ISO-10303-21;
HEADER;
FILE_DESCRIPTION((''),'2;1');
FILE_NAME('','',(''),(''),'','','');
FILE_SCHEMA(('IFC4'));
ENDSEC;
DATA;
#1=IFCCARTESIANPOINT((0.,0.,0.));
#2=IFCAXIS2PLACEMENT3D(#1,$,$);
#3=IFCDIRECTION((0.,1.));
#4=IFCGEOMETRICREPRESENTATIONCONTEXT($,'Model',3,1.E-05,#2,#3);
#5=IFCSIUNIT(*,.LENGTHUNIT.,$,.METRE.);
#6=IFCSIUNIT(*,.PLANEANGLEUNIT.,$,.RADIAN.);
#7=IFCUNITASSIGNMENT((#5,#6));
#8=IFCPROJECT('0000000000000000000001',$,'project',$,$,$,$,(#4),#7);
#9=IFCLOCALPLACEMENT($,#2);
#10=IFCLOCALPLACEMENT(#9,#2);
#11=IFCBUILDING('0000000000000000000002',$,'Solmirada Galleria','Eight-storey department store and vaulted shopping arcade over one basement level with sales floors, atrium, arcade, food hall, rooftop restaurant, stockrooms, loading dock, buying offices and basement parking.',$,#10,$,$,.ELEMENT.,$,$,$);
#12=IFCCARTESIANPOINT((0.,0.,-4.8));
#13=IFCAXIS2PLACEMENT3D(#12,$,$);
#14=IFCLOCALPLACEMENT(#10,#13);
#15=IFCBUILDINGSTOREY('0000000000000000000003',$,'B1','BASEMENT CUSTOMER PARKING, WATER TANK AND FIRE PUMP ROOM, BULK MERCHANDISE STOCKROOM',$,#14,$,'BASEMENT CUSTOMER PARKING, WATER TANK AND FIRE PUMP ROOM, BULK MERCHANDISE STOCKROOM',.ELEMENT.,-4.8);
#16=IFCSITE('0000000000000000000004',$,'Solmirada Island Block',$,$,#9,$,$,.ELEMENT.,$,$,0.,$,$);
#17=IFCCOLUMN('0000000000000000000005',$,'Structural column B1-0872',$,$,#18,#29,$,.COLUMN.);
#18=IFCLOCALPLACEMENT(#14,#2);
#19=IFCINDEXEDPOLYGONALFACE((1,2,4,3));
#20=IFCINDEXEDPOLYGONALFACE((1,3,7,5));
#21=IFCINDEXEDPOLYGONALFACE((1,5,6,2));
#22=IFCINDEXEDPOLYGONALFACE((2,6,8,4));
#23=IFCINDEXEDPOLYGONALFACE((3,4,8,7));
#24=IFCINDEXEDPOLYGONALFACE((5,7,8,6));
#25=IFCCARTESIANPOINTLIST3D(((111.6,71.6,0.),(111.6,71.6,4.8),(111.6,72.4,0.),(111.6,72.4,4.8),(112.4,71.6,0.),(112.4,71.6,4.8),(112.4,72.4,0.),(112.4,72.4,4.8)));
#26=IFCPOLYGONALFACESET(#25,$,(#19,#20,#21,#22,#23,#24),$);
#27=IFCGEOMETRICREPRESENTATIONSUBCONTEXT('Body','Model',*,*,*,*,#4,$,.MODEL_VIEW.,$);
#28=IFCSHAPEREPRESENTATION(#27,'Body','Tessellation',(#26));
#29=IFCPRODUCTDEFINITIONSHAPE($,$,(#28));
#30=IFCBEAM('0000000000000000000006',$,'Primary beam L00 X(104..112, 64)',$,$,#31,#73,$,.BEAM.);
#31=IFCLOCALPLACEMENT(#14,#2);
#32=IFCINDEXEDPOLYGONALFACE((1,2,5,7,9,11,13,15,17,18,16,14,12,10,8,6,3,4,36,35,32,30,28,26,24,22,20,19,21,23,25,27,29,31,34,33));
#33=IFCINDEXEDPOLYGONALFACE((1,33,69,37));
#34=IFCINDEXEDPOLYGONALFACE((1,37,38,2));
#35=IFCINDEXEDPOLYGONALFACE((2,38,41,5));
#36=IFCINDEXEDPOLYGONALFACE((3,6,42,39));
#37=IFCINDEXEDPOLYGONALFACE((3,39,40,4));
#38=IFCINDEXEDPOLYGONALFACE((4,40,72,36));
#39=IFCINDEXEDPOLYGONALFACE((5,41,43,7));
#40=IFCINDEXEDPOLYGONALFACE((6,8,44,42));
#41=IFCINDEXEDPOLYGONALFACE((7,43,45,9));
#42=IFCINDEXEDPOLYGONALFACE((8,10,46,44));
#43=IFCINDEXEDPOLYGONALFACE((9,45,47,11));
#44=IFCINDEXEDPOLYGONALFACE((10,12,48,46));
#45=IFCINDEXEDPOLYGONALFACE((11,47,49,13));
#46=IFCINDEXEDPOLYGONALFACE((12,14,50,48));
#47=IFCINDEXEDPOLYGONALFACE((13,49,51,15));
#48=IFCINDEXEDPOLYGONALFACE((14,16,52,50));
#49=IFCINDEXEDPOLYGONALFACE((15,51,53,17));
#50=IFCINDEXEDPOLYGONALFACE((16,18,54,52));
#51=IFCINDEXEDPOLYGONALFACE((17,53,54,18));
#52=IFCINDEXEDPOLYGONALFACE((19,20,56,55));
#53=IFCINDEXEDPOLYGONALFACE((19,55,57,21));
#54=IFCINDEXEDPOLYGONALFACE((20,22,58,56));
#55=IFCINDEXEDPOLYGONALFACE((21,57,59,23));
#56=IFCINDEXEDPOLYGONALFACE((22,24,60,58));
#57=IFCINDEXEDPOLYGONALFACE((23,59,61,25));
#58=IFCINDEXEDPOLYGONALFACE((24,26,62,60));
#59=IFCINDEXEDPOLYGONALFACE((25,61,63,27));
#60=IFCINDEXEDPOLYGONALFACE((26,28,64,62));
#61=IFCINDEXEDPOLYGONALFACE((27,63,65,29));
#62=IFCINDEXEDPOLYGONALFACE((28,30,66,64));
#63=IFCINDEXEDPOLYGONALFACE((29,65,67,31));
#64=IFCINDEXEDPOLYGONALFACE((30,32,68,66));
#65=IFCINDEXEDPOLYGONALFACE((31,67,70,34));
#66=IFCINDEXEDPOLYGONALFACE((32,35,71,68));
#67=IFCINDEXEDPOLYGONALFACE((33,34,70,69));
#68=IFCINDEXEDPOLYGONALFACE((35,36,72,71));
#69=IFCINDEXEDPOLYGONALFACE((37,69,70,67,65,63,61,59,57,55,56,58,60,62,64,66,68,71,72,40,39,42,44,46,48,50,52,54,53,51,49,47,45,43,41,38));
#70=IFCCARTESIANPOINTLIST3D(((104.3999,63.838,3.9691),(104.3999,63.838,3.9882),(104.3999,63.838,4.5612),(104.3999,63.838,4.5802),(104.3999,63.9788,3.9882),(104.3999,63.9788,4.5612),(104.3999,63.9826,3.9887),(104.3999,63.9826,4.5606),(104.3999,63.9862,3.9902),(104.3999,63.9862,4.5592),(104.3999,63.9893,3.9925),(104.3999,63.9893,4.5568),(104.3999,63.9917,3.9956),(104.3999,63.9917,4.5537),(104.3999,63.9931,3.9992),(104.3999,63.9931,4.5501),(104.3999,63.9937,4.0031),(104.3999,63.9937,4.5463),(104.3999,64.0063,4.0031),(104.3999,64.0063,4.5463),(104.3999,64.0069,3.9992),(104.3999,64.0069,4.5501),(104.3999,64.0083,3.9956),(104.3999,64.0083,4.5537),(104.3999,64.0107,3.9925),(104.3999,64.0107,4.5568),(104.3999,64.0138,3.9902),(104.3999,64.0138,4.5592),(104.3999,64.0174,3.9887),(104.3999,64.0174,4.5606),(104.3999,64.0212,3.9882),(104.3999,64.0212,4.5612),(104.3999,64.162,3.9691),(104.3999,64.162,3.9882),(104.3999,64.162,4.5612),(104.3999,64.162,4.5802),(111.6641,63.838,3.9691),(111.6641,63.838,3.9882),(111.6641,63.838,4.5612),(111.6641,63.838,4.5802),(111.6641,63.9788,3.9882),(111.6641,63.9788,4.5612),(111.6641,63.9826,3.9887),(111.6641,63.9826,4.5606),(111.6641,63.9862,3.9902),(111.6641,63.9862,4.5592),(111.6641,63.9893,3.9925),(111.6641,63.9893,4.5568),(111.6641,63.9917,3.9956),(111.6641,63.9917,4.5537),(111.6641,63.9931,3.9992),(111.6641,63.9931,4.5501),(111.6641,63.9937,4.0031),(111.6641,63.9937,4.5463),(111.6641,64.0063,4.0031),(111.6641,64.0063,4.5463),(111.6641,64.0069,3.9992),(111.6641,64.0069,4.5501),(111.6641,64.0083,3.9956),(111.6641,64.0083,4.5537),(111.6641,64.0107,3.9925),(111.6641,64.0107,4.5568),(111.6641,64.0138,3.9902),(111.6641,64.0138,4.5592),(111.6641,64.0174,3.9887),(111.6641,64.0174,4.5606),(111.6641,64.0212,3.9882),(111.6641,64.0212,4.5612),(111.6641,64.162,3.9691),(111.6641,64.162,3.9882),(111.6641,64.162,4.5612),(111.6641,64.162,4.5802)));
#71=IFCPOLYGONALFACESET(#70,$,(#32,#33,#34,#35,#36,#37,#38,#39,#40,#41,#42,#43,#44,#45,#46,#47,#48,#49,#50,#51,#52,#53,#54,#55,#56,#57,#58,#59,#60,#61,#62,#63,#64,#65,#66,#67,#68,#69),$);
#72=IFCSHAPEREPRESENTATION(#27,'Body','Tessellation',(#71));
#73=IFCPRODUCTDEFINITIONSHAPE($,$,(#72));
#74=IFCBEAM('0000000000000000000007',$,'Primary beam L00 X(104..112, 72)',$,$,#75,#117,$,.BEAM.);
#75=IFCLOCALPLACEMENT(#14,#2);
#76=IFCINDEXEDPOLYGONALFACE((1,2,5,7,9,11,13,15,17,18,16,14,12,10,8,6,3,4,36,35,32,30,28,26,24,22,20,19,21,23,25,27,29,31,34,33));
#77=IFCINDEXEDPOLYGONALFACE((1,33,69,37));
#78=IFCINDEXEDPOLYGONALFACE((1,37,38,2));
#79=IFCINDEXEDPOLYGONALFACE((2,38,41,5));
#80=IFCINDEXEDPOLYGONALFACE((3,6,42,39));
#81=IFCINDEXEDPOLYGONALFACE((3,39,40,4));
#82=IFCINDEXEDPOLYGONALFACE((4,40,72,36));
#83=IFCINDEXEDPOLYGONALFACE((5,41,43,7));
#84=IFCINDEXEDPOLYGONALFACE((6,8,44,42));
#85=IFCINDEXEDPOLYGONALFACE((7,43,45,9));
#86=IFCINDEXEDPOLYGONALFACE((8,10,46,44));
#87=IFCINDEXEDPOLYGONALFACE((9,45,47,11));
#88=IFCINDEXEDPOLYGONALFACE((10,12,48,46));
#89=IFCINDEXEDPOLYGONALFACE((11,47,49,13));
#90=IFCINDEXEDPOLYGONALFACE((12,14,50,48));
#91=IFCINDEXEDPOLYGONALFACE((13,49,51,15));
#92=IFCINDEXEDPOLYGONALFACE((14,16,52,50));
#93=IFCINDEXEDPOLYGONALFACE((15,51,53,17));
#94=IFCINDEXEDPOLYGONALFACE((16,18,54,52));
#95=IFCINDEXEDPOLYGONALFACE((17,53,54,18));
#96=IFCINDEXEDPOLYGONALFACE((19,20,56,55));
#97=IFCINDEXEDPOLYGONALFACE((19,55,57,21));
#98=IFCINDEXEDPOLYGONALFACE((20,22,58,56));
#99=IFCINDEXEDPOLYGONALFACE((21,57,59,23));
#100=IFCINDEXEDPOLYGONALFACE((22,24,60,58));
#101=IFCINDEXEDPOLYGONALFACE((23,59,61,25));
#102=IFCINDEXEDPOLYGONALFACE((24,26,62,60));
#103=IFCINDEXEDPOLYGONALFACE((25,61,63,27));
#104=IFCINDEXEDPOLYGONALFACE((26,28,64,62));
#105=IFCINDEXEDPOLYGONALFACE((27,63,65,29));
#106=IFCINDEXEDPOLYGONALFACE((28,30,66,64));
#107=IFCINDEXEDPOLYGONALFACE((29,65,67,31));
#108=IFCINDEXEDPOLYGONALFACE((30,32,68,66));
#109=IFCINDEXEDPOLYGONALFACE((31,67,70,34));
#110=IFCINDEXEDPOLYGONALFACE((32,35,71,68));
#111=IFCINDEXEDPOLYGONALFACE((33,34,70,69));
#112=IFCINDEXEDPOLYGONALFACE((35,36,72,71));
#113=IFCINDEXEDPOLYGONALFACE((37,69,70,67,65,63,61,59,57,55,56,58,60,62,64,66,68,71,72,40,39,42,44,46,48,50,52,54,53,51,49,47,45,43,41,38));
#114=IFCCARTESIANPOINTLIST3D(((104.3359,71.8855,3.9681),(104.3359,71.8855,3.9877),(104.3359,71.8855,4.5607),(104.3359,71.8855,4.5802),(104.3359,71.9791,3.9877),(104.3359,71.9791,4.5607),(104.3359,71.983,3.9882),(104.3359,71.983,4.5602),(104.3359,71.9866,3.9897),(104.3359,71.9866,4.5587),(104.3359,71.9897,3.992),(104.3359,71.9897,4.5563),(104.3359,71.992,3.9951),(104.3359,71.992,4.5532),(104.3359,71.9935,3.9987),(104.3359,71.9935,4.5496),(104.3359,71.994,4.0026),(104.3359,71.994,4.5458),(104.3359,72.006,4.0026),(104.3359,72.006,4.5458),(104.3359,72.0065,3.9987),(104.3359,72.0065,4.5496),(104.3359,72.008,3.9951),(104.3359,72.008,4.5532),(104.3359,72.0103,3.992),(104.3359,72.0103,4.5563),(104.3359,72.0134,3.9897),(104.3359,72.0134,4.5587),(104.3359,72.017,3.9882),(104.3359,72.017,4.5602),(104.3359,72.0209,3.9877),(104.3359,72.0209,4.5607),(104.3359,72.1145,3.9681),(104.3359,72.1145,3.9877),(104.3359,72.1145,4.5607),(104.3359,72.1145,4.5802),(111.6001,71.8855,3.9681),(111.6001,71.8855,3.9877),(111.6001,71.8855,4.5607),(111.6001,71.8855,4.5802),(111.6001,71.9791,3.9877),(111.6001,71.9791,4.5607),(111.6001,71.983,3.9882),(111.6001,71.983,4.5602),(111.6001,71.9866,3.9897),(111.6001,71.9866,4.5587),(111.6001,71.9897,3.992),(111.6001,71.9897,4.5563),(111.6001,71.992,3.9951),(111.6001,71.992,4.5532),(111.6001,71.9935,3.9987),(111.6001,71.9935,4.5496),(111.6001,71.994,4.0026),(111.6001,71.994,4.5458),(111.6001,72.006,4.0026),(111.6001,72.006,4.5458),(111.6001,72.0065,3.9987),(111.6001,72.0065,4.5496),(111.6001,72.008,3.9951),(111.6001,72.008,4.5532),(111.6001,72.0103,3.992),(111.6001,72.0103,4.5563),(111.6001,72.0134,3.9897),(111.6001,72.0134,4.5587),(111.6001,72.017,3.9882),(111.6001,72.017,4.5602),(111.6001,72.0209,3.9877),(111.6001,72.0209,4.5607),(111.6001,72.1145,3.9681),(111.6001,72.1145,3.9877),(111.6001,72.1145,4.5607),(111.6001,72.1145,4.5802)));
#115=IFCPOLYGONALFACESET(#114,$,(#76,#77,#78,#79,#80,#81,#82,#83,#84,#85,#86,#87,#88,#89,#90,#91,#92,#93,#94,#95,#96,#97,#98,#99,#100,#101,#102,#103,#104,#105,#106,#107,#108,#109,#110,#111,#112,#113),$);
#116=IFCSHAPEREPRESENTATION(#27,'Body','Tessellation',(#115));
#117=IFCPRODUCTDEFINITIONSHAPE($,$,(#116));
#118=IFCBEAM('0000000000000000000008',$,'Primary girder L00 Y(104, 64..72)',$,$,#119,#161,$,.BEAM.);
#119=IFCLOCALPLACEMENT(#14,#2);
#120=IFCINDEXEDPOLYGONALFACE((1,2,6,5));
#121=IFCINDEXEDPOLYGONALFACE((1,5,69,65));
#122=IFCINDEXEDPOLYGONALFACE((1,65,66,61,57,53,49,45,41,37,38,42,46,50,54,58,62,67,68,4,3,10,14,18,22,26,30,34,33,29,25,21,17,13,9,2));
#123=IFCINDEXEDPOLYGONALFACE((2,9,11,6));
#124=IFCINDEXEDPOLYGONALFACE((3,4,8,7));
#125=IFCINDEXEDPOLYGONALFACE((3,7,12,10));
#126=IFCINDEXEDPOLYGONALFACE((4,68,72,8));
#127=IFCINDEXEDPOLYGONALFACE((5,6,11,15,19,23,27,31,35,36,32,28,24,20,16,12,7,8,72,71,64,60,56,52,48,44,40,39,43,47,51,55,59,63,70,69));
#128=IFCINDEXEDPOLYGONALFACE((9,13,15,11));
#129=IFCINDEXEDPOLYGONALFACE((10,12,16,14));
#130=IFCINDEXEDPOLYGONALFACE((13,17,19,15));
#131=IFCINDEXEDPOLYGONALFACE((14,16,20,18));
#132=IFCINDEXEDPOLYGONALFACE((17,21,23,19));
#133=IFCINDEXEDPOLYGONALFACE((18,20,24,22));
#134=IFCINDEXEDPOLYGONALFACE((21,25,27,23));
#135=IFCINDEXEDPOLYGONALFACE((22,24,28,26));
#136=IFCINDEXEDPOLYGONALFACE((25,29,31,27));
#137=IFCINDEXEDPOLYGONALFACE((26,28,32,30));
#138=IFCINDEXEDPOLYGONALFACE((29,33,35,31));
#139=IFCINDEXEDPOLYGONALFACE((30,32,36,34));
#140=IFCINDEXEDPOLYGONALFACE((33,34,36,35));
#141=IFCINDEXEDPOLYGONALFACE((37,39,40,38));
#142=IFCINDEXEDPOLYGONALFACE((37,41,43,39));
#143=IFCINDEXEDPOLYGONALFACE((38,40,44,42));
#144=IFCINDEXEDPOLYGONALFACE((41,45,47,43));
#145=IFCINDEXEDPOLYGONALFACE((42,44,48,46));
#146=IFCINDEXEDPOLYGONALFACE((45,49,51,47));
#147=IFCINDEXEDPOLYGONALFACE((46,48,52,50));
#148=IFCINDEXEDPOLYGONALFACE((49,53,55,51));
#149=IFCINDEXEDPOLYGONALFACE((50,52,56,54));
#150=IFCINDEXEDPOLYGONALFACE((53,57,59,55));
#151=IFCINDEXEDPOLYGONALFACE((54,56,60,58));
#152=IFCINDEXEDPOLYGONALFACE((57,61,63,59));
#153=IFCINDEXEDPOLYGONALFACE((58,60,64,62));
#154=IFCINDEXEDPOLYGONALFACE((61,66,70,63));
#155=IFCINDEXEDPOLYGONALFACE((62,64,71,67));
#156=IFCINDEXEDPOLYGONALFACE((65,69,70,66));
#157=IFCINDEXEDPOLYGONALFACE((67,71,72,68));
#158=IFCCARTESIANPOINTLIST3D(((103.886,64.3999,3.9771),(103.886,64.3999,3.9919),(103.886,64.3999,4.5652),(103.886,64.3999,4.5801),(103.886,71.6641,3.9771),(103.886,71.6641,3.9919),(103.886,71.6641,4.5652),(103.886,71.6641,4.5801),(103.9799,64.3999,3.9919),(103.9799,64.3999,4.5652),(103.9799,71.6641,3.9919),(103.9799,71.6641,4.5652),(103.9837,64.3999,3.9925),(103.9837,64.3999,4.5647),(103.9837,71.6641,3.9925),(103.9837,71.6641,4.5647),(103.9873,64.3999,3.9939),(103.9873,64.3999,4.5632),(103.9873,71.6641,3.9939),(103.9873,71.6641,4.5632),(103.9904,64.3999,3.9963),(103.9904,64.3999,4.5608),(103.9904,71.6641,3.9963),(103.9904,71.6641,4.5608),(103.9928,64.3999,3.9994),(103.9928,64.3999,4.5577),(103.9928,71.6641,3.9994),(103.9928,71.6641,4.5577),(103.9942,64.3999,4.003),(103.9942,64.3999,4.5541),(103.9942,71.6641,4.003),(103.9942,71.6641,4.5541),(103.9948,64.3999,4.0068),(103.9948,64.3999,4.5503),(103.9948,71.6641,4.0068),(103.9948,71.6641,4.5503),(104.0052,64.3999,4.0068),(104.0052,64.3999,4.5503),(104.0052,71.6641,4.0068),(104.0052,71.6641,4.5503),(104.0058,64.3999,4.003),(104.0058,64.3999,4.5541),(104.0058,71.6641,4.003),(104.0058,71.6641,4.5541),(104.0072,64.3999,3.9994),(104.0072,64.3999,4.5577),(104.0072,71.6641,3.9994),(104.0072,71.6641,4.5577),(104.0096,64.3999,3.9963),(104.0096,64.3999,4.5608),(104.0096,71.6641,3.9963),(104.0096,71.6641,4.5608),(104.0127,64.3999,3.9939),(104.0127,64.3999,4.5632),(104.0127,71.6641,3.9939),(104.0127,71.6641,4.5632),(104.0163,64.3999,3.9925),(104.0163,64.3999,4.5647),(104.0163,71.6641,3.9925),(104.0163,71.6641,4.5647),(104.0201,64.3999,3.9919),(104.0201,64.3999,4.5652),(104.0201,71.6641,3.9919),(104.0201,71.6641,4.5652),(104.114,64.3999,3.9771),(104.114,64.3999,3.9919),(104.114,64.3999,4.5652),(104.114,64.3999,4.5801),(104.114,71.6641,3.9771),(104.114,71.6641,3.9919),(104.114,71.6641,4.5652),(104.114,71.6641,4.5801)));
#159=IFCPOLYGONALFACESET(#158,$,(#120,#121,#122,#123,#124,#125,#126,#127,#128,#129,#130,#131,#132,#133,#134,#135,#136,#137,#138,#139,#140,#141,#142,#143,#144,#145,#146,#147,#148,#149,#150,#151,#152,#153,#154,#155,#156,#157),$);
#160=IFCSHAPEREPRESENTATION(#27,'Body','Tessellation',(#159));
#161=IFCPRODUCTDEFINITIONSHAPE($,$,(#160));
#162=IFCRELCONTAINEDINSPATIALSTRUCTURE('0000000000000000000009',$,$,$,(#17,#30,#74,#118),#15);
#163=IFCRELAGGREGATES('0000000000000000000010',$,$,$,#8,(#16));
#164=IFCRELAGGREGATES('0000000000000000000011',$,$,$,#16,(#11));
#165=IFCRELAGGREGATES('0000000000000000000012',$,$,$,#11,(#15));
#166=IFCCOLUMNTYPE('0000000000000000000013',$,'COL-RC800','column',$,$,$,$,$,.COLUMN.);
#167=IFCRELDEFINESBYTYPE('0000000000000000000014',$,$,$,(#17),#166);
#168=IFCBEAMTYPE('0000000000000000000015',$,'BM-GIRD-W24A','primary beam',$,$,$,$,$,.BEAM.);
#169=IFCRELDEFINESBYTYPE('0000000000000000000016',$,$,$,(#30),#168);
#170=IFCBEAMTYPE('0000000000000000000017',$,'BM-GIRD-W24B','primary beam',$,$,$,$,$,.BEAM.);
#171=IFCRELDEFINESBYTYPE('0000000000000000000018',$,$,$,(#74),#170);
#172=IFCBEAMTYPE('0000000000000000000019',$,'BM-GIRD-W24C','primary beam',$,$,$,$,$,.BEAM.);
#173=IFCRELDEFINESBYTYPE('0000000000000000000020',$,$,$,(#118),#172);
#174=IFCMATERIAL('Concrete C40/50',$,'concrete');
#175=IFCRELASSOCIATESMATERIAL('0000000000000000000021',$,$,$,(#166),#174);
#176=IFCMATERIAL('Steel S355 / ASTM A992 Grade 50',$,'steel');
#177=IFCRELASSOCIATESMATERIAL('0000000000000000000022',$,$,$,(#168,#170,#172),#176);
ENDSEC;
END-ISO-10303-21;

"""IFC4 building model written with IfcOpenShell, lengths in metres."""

from ifc_helpers import new_model, si_unit, direction, frame, origin, origin_2d, place, context, subcontext, project, spatial, rectangle, i_section, extrude, material, material_profile, profile_set, type_object, element, save


model = new_model("IFC4")

# Units and contexts
model_context = context("Model", 3, precision=1e-05, world=origin(), true_north=direction((0.0, 1.0)))
body_context = subcontext(model_context, "Body", "Model", "MODEL_VIEW")
ifc_project = project(units=[si_unit("LENGTHUNIT", "METRE"), si_unit("PLANEANGLEUNIT", "RADIAN")], contexts=[model_context])

# Site, building, storey
site_placement = place(None, origin())
site = spatial("IfcSite", under=ifc_project, at=site_placement, Name="Solmirada Island Block", CompositionType="ELEMENT", RefElevation=0.0)
building_placement = place(site_placement, origin())
building = spatial("IfcBuilding", under=site, at=building_placement, Name="Solmirada Galleria", Description="Eight-storey department store and vaulted shopping arcade over one basement level with sales floors, atrium, arcade, food hall, rooftop restaurant, stockrooms, loading dock, buying offices and basement parking.", CompositionType="ELEMENT")
storey_placement = place(building_placement, frame((0.0, 0.0, -4.8)))
storey = spatial("IfcBuildingStorey", under=building, at=storey_placement, Name="B1", Description="BASEMENT CUSTOMER PARKING, WATER TANK AND FIRE PUMP ROOM, BULK MERCHANDISE STOCKROOM", LongName="BASEMENT CUSTOMER PARKING, WATER TANK AND FIRE PUMP ROOM, BULK MERCHANDISE STOCKROOM", CompositionType="ELEMENT", Elevation=-4.8)

# Shared definitions
ifc_material_1 = material(Name="Concrete C40/50", Category="concrete")

# Column
ifc_material_profile_1 = material_profile(ifc_material_1, rectangle(XDim=0.8, YDim=0.8, at=origin_2d()), Name="RC800X800")
ifc_profile_set_1 = profile_set([ifc_material_profile_1], Name="Concrete C40/50")
column_type_1 = type_object("IfcColumnType", Name="COL-RC800", Description="column", PredefinedType="COLUMN", material=ifc_profile_set_1)
for number, where, z_axis, x_axis, name in (
    (1, (112.0, 72.0, 0.0), (0.0, 0.0, 1.0), (1.0, 0.0, 0.0), "Structural column B1-0872"),
):
    element("IfcColumn", number, at=place(storey_placement, frame(where, z_axis=z_axis, x_axis=x_axis)), inside=storey, type_object=column_type_1, Name=name, PredefinedType="COLUMN", context=body_context, shape_type="SweptSolid", body=[
        extrude(rectangle(XDim=0.8, YDim=0.8, at=origin_2d()), origin(), (0.0, 0.0, 1.0), 4.8),
    ])

# Beams
ifc_material_2 = material(Name="Steel S355 / ASTM A992 Grade 50", Category="steel")
ifc_material_profile_2 = material_profile(ifc_material_2, i_section(OverallWidth=0.324, OverallDepth=0.6111, WebThickness=0.0127, FlangeThickness=0.019, FilletRadius=0.0149, at=origin_2d()), Name="W24X104")
ifc_profile_set_2 = profile_set([ifc_material_profile_2], Name="Steel S355 / ASTM A992 Grade 50")
beam_type_1 = type_object("IfcBeamType", Name="BM-GIRD-W24A", Description="primary beam", PredefinedType="BEAM", material=ifc_profile_set_2)
beam_1_placement = place(storey_placement, frame((104.3999, 64.0, 4.2747), z_axis=(1.0, 0.0, 0.0), x_axis=(0.0, 1.0, 0.0)))
element("IfcBeam", 2, at=beam_1_placement, inside=storey, type_object=beam_type_1, Name="Primary beam L00 X(104..112, 64)", PredefinedType="BEAM", context=body_context, shape_type="SweptSolid", body=[
    extrude(i_section(OverallWidth=0.324, OverallDepth=0.6111, WebThickness=0.0127, FlangeThickness=0.019, FilletRadius=0.0149, at=origin_2d()), origin(), (0.0, 0.0, 1.0), 7.2642),
])
ifc_material_profile_3 = material_profile(ifc_material_2, i_section(OverallWidth=0.229, OverallDepth=0.6121, WebThickness=0.012, FlangeThickness=0.0195, FilletRadius=0.0149, at=origin_2d()), Name="W24X84")
ifc_profile_set_3 = profile_set([ifc_material_profile_3], Name="Steel S355 / ASTM A992 Grade 50")
beam_type_2 = type_object("IfcBeamType", Name="BM-GIRD-W24B", Description="primary beam", PredefinedType="BEAM", material=ifc_profile_set_3)
beam_2_placement = place(storey_placement, frame((104.3359, 72.0, 4.2742), z_axis=(1.0, 0.0, 0.0), x_axis=(0.0, 1.0, 0.0)))
element("IfcBeam", 3, at=beam_2_placement, inside=storey, type_object=beam_type_2, Name="Primary beam L00 X(104..112, 72)", PredefinedType="BEAM", context=body_context, shape_type="SweptSolid", body=[
    extrude(i_section(OverallWidth=0.229, OverallDepth=0.6121, WebThickness=0.012, FlangeThickness=0.0195, FilletRadius=0.0149, at=origin_2d()), origin(), (0.0, 0.0, 1.0), 7.2642),
])
ifc_material_profile_4 = material_profile(ifc_material_2, i_section(OverallWidth=0.228, OverallDepth=0.603, WebThickness=0.0105, FlangeThickness=0.0149, FilletRadius=0.0149, at=origin_2d()), Name="W24X68")
ifc_profile_set_4 = profile_set([ifc_material_profile_4], Name="Steel S355 / ASTM A992 Grade 50")
beam_type_3 = type_object("IfcBeamType", Name="BM-GIRD-W24C", Description="primary beam", PredefinedType="BEAM", material=ifc_profile_set_4)
beam_3_placement = place(storey_placement, frame((104.0, 64.3999, 4.2786), z_axis=(0.0, 1.0, 0.0), x_axis=(-1.0, 0.0, 0.0)))
element("IfcBeam", 4, at=beam_3_placement, inside=storey, type_object=beam_type_3, Name="Primary girder L00 Y(104, 64..72)", PredefinedType="BEAM", context=body_context, shape_type="SweptSolid", body=[
    extrude(i_section(OverallWidth=0.228, OverallDepth=0.603, WebThickness=0.0105, FlangeThickness=0.0149, FilletRadius=0.0149, at=origin_2d()), origin(), (0.0, 0.0, 1.0), 7.2642),
])

save(model, "model.ifc")
